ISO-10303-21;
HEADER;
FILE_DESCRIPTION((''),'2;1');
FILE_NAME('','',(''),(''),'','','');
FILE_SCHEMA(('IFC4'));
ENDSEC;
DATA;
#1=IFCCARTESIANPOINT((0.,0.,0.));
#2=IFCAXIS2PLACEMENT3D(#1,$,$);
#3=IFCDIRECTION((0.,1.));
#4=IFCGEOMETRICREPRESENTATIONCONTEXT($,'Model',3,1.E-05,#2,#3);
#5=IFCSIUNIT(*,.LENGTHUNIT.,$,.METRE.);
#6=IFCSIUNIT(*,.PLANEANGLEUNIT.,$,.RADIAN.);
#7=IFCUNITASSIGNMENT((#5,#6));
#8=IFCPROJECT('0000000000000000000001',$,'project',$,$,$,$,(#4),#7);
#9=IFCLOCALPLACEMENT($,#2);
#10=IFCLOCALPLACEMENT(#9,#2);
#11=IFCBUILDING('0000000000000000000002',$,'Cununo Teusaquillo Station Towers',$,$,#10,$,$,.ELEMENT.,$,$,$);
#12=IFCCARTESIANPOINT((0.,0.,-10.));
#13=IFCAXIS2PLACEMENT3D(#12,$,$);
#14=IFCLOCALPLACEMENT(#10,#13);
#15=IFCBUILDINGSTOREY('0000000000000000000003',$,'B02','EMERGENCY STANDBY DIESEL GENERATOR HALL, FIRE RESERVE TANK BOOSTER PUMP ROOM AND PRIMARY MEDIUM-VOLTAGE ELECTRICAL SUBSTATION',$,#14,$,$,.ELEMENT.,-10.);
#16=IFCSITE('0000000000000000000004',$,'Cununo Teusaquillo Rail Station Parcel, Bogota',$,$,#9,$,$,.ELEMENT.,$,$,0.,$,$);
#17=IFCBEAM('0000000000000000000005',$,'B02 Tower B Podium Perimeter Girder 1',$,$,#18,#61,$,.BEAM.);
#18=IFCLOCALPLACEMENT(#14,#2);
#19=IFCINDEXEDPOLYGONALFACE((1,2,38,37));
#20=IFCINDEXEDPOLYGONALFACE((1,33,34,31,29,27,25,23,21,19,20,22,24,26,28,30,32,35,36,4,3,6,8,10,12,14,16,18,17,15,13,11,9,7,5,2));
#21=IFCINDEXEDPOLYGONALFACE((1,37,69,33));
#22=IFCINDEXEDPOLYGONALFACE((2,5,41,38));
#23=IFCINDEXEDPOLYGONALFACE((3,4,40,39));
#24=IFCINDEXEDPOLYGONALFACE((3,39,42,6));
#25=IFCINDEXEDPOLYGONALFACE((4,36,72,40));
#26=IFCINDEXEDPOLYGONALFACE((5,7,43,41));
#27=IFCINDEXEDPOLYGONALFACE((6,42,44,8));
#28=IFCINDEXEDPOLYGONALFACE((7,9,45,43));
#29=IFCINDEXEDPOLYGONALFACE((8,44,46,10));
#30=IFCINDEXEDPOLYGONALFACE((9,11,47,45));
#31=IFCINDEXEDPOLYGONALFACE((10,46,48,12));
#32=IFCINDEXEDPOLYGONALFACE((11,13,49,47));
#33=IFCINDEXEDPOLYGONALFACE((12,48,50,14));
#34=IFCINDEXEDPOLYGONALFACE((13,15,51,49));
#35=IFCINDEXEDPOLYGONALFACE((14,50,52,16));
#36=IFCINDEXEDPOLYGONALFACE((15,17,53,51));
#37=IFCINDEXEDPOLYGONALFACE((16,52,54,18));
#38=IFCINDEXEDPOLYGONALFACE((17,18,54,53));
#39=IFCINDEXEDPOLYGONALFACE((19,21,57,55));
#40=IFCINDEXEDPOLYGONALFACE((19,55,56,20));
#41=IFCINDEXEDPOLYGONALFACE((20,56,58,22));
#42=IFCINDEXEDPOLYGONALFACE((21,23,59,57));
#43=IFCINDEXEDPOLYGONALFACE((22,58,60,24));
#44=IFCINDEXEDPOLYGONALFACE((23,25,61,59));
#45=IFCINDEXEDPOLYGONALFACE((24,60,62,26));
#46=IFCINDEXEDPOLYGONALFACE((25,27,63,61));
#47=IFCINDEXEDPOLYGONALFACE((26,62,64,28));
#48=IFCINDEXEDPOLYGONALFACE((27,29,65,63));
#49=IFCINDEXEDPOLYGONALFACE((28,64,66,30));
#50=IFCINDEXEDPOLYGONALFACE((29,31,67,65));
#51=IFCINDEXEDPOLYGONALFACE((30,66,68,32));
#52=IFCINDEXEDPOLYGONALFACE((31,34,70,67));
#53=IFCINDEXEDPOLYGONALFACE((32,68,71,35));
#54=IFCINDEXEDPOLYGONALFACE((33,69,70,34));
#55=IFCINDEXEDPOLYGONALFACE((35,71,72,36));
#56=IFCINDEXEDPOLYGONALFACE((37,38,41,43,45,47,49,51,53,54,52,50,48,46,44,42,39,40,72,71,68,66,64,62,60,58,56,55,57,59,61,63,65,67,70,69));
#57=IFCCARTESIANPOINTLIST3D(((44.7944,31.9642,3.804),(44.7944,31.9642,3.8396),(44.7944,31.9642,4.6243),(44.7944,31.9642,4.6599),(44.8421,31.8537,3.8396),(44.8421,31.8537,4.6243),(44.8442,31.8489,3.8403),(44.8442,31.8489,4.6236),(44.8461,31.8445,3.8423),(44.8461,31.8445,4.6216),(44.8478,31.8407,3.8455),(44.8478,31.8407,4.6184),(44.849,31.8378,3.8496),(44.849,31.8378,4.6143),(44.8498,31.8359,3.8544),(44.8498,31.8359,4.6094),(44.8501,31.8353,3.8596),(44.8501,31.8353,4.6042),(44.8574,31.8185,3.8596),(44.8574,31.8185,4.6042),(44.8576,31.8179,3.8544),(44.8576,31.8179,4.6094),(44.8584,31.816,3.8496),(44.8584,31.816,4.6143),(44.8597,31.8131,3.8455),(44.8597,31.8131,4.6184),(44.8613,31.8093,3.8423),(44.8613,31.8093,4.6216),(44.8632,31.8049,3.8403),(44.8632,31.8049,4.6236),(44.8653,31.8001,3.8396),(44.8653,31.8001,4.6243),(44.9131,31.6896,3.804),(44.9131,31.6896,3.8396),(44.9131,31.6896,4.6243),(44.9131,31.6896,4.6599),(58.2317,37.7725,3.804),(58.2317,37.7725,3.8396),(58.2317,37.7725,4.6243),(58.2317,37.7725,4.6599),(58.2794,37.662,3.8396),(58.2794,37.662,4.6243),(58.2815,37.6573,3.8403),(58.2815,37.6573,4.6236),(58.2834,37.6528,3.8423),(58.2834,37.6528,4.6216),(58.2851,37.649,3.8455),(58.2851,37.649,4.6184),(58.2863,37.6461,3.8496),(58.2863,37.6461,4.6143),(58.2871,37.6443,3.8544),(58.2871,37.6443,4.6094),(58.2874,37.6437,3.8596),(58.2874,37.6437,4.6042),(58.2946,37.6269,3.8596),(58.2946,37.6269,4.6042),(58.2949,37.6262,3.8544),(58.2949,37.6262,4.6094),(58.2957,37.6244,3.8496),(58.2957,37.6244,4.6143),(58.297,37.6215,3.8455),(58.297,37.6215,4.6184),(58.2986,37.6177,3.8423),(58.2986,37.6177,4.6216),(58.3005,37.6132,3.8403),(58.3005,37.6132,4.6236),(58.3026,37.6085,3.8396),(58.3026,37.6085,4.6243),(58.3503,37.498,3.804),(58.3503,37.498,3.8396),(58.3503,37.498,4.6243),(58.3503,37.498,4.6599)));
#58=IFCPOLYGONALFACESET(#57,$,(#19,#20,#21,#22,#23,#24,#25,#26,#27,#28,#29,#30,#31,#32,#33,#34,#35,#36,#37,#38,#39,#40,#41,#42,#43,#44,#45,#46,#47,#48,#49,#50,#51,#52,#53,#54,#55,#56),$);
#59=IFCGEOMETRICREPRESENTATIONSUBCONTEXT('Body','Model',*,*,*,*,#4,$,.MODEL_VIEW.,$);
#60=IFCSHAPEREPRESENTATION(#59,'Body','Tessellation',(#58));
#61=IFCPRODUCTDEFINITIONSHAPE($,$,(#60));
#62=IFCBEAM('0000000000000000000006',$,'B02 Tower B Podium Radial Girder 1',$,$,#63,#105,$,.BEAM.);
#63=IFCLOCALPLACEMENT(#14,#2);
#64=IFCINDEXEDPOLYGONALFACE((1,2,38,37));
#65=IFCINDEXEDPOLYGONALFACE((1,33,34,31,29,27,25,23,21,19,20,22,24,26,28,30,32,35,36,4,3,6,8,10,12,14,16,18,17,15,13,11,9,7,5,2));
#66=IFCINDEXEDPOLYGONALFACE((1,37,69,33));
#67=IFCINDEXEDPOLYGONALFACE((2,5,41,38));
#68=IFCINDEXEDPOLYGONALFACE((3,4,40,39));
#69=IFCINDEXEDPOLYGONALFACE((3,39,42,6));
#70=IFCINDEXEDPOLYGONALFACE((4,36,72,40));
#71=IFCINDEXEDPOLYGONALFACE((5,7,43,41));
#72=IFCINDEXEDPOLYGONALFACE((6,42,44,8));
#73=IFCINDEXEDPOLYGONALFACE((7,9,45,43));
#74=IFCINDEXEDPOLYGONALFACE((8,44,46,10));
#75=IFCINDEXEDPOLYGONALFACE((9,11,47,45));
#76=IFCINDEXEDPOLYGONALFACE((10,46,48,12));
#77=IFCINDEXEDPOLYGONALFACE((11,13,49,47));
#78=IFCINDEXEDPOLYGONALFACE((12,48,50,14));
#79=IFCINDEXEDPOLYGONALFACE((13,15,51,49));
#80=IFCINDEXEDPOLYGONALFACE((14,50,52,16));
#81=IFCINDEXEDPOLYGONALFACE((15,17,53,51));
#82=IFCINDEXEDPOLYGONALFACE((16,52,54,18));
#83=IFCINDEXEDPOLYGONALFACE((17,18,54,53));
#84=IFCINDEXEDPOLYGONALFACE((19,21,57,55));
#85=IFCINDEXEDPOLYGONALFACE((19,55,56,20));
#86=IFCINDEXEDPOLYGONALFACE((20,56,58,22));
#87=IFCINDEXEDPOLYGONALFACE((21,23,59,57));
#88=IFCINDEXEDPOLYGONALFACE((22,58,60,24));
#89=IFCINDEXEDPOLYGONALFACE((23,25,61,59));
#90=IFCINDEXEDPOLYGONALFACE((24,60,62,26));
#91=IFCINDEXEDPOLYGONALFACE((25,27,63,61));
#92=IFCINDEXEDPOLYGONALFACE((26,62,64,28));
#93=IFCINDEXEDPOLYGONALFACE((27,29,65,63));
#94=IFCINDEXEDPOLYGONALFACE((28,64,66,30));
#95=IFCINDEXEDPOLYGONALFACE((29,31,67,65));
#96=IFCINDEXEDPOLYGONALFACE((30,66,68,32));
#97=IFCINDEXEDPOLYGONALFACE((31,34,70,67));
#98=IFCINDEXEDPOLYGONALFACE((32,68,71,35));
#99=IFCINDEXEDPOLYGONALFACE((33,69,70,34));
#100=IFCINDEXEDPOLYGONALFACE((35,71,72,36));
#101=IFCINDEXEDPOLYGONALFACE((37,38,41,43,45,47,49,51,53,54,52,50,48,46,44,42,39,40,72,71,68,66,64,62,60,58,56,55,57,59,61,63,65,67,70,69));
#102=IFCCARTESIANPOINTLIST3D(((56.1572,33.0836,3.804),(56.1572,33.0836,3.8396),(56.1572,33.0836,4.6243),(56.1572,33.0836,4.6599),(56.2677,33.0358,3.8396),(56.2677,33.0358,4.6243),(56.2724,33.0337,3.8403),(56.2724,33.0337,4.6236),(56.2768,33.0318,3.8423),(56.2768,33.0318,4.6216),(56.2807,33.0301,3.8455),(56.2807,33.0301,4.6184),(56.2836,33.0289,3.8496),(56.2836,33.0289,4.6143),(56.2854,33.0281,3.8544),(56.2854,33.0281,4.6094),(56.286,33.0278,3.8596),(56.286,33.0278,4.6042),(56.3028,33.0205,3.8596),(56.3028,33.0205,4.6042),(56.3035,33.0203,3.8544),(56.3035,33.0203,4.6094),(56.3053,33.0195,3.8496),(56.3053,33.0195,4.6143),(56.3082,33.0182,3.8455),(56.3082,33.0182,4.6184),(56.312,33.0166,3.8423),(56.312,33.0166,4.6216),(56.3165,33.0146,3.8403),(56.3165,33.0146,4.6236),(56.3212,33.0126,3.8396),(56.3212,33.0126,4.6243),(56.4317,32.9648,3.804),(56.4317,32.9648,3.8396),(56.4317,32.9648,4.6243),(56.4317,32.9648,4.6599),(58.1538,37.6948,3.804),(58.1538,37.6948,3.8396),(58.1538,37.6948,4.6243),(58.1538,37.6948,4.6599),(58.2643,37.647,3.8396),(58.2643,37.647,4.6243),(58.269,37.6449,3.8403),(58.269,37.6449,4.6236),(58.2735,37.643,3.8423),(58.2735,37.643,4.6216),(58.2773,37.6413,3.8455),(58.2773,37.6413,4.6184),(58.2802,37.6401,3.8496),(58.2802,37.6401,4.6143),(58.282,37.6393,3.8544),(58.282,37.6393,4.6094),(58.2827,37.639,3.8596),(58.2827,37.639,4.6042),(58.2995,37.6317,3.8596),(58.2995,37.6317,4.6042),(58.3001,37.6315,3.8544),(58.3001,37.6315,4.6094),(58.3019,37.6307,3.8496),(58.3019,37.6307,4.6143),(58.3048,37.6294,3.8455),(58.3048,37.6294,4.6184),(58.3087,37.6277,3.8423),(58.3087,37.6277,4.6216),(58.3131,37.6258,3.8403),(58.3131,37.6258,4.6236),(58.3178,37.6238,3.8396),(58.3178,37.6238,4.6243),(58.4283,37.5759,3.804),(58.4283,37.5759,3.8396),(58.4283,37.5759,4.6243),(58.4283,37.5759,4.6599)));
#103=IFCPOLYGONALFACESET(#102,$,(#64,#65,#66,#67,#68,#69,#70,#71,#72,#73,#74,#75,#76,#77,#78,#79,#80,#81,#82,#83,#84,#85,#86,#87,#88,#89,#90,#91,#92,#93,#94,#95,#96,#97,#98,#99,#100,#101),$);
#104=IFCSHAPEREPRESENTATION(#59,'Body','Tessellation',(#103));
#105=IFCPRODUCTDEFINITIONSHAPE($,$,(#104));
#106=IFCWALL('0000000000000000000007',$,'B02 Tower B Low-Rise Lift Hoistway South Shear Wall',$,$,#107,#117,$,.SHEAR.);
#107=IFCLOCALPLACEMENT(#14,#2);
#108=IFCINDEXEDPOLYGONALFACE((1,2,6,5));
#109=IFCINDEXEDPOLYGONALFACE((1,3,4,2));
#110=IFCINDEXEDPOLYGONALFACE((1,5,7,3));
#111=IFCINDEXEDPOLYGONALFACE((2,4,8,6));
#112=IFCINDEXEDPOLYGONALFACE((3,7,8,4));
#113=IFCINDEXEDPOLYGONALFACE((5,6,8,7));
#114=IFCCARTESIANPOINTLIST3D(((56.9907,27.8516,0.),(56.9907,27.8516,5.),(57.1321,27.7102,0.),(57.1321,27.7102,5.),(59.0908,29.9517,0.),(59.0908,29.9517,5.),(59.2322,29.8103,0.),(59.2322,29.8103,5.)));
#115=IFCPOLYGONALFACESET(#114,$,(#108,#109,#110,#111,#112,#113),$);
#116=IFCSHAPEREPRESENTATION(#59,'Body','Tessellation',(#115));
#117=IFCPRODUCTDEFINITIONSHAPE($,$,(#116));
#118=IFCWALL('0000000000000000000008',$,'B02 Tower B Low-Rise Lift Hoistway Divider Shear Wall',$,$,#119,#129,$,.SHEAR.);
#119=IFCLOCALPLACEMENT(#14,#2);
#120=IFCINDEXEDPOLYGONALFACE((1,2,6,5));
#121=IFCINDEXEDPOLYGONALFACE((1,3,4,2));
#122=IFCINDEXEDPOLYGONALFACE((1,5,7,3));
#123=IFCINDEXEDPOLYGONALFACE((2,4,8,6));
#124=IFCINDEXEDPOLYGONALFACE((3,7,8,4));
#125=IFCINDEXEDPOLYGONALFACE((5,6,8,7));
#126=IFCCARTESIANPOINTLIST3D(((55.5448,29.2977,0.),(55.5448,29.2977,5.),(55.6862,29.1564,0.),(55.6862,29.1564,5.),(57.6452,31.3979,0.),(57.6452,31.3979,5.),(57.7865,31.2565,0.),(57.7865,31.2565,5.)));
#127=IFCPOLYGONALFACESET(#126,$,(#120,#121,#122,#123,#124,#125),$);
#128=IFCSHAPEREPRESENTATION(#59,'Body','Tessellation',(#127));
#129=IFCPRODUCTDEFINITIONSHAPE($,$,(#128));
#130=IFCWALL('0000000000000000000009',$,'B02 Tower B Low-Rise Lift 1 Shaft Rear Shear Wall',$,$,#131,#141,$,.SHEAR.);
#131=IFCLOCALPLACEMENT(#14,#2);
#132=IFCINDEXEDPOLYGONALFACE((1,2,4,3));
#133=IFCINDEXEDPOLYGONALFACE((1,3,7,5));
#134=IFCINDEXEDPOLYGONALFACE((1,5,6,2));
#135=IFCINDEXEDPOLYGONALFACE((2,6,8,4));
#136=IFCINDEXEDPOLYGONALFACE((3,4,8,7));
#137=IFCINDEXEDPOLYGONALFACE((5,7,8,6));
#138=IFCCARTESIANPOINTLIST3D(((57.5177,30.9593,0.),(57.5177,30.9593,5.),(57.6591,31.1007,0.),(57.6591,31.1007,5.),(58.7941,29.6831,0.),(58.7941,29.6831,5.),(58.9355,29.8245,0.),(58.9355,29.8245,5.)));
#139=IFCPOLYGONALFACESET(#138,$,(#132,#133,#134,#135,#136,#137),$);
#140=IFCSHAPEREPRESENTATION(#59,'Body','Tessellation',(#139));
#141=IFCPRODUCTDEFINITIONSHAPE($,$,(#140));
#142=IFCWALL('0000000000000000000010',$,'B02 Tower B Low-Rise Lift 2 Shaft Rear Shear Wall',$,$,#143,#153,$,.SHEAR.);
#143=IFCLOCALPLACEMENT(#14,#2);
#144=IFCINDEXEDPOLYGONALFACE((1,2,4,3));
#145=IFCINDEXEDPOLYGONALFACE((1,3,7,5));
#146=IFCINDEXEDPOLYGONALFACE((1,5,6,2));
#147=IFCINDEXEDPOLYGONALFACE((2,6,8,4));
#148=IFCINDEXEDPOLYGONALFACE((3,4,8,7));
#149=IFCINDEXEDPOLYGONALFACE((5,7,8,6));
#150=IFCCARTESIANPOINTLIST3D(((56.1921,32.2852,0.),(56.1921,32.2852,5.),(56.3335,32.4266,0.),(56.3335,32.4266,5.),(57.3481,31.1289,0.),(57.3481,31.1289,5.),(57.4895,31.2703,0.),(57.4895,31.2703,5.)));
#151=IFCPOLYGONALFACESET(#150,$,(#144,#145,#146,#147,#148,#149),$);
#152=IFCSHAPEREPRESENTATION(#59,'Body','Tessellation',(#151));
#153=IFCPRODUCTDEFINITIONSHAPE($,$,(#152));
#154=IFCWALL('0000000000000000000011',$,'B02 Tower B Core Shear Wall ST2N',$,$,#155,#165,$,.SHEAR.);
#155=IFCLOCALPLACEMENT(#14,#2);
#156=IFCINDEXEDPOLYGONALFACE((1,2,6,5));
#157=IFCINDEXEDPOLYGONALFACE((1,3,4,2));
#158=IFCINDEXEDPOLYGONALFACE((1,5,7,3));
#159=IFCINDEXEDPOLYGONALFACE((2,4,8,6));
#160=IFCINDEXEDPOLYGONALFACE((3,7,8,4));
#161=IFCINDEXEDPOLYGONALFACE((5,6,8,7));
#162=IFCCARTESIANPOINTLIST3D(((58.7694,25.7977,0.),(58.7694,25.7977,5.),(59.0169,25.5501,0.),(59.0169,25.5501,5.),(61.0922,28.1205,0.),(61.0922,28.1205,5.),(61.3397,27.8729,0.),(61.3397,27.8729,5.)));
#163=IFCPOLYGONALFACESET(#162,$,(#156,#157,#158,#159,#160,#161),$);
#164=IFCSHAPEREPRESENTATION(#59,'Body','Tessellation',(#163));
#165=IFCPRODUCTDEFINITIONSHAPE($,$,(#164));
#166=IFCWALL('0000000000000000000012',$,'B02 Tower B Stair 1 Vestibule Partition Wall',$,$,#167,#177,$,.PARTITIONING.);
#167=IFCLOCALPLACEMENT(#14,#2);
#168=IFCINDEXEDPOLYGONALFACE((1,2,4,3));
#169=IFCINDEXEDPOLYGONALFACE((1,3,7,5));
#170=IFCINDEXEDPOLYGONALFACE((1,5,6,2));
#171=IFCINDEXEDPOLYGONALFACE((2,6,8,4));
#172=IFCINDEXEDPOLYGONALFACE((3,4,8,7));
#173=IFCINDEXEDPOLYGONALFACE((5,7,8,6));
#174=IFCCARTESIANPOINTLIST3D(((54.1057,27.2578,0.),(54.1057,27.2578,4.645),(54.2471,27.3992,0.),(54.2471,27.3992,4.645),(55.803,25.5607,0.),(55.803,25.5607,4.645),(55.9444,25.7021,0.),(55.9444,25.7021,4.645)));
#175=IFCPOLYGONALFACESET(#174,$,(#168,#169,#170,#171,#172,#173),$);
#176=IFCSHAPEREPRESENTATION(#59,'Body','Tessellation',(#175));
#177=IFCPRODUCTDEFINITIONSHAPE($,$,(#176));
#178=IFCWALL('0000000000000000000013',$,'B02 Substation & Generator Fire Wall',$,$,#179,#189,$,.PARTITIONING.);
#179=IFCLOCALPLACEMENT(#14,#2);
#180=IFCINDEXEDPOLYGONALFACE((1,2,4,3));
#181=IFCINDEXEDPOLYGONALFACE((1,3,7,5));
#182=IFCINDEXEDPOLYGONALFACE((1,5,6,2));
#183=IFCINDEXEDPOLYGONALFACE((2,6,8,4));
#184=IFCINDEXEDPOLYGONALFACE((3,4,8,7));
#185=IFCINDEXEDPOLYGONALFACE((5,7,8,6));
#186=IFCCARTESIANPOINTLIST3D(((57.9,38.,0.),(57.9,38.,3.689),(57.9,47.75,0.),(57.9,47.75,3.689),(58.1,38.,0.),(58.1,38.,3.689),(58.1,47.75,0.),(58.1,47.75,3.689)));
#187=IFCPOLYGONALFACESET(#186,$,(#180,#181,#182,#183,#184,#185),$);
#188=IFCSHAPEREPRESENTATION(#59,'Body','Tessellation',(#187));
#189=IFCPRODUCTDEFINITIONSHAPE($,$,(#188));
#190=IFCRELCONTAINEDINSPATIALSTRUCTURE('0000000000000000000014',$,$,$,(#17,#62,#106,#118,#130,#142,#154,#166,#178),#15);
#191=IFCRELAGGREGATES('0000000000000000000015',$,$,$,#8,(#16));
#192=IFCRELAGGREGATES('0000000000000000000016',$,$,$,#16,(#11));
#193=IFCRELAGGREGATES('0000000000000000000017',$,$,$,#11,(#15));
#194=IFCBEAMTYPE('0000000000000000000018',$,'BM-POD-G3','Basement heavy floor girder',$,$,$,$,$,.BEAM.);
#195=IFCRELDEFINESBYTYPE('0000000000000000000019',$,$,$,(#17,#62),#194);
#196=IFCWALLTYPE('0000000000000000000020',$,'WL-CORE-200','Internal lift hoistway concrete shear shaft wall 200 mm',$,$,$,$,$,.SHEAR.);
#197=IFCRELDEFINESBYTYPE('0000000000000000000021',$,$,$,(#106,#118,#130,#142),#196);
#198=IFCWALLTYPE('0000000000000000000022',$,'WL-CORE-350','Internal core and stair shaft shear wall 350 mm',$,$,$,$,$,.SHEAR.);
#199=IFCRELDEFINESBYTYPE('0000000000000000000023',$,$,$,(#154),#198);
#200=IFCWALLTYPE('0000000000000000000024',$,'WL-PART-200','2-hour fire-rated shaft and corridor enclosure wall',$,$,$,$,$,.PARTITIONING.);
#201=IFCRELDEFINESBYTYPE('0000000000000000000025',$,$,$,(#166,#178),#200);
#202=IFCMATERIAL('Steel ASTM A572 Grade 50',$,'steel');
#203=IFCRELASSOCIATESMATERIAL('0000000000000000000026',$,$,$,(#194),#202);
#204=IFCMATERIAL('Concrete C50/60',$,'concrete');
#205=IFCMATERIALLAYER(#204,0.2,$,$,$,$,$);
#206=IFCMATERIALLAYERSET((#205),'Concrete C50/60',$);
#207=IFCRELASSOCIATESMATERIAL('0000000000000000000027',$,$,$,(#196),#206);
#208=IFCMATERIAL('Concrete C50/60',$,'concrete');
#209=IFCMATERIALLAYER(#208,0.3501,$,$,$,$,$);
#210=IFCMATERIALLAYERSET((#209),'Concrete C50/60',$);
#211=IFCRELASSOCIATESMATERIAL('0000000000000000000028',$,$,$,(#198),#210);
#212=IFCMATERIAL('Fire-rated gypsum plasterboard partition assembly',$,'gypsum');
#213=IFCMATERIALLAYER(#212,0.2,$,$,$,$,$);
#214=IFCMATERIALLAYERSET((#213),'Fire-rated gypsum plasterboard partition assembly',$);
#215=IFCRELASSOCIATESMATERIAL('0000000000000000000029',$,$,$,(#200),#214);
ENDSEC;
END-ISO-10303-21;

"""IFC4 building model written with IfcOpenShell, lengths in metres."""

from ifc_helpers import new_model, si_unit, direction, frame, frame_2d, origin, origin_2d, place, context, subcontext, project, spatial, rectangle, i_section, extrude, material, layer, layer_set, material_profile, profile_set, type_object, element, save


model = new_model("IFC4")

# Units and contexts
model_context = context("Model", 3, precision=1e-05, world=origin(), true_north=direction((0.0, 1.0)))
body_context = subcontext(model_context, "Body", "Model", "MODEL_VIEW")
ifc_project = project(units=[si_unit("LENGTHUNIT", "METRE"), si_unit("PLANEANGLEUNIT", "RADIAN")], contexts=[model_context])

# Site, building, storey
site_placement = place(None, origin())
site = spatial("IfcSite", under=ifc_project, at=site_placement, Name="Cununo Teusaquillo Rail Station Parcel, Bogota", CompositionType="ELEMENT", RefElevation=0.0)
building_placement = place(site_placement, origin())
building = spatial("IfcBuilding", under=site, at=building_placement, Name="Cununo Teusaquillo Station Towers", CompositionType="ELEMENT")
storey_placement = place(building_placement, frame((0.0, 0.0, -10.0)))
storey = spatial("IfcBuildingStorey", under=building, at=storey_placement, Name="B02", Description="EMERGENCY STANDBY DIESEL GENERATOR HALL, FIRE RESERVE TANK BOOSTER PUMP ROOM AND PRIMARY MEDIUM-VOLTAGE ELECTRICAL SUBSTATION", CompositionType="ELEMENT", Elevation=-10.0)

# Beams
ifc_material_1 = material(Name="Steel ASTM A572 Grade 50", Category="steel")
ifc_material_profile_1 = material_profile(ifc_material_1, i_section(OverallWidth=0.2991, OverallDepth=0.856, WebThickness=0.0183, FlangeThickness=0.0356, FilletRadius=0.02, at=origin_2d()), Name="W33X201")
ifc_profile_set_1 = profile_set([ifc_material_profile_1], Name="Steel ASTM A572 Grade 50")
beam_type = type_object("IfcBeamType", Name="BM-POD-G3", Description="Basement heavy floor girder", PredefinedType="BEAM", material=ifc_profile_set_1)
beam_1_placement = place(storey_placement, frame((58.291, 37.6353, 4.2319), z_axis=(-0.917916, -0.396776, 0.0), x_axis=(0.396776, -0.917916, 0.0)))
element("IfcBeam", 1, at=beam_1_placement, inside=storey, type_object=beam_type, Name="B02 Tower B Podium Perimeter Girder 1", PredefinedType="BEAM", context=body_context, shape_type="SweptSolid", body=[
    extrude(i_section(OverallWidth=0.2991, OverallDepth=0.856, WebThickness=0.0183, FlangeThickness=0.0356, FilletRadius=0.02, at=origin_2d()), origin(), (0.0, 0.0, 1.0), 14.6389),
])
beam_2_placement = place(storey_placement, frame((56.2944, 33.0242, 4.2319), z_axis=(0.397347, 0.917668, 0.0), x_axis=(-0.917668, 0.397347, 0.0)))
element("IfcBeam", 2, at=beam_2_placement, inside=storey, type_object=beam_type, Name="B02 Tower B Podium Radial Girder 1", PredefinedType="BEAM", context=body_context, shape_type="SweptSolid", body=[
    extrude(i_section(OverallWidth=0.2991, OverallDepth=0.856, WebThickness=0.0183, FlangeThickness=0.0356, FilletRadius=0.02, at=origin_2d()), origin(), (0.0, 0.0, 1.0), 5.0249),
])

# Walls
ifc_material_2 = material(Name="Concrete C50/60", Category="concrete")
ifc_layer_1 = layer(ifc_material_2, 0.2)
ifc_layer_set_1 = layer_set([ifc_layer_1], Name="Concrete C50/60")
wall_type_1 = type_object("IfcWallType", Name="WL-CORE-200", Description="Internal lift hoistway concrete shear shaft wall 200 mm", PredefinedType="SHEAR", material=ifc_layer_set_1)
wall_1_placement = place(storey_placement, frame((57.0615, 27.781, 0.0), z_axis=(0.0, 0.0, 1.0), x_axis=(0.707107, 0.707107, 0.0)))
element("IfcWall", 3, at=wall_1_placement, inside=storey, type_object=wall_type_1, Name="B02 Tower B Low-Rise Lift Hoistway South Shear Wall", PredefinedType="SHEAR", context=body_context, shape_type="SweptSolid", body=[
    extrude(rectangle(XDim=2.97, YDim=0.2, at=frame_2d((1.4849, 0.0))), origin(), (0.0, 0.0, 1.0), 5.0),
])
wall_2_placement = place(storey_placement, frame((55.6155, 29.2271, 0.0), z_axis=(0.0, 0.0, 1.0), x_axis=(0.707148, 0.707066, 0.0)))
element("IfcWall", 4, at=wall_2_placement, inside=storey, type_object=wall_type_1, Name="B02 Tower B Low-Rise Lift Hoistway Divider Shear Wall", PredefinedType="SHEAR", context=body_context, shape_type="SweptSolid", body=[
    extrude(rectangle(XDim=2.9702, YDim=0.2, at=frame_2d((1.4851, 0.0))), origin(), (0.0, 0.0, 1.0), 5.0),
])
wall_3_placement = place(storey_placement, frame((58.8647, 29.7539, 0.0), z_axis=(0.0, 0.0, 1.0), x_axis=(-0.707174, 0.707039, 0.0)))
element("IfcWall", 5, at=wall_3_placement, inside=storey, type_object=wall_type_1, Name="B02 Tower B Low-Rise Lift 1 Shaft Rear Shear Wall", PredefinedType="SHEAR", context=body_context, shape_type="SweptSolid", body=[
    extrude(rectangle(XDim=1.8049, YDim=0.2, at=frame_2d((0.9023, 0.0))), origin(), (0.0, 0.0, 1.0), 5.0),
])
wall_4_placement = place(storey_placement, frame((57.4187, 31.1997, 0.0), z_axis=(0.0, 0.0, 1.0), x_axis=(-0.707032, 0.707181, 0.0)))
element("IfcWall", 6, at=wall_4_placement, inside=storey, type_object=wall_type_1, Name="B02 Tower B Low-Rise Lift 2 Shaft Rear Shear Wall", PredefinedType="SHEAR", context=body_context, shape_type="SweptSolid", body=[
    extrude(rectangle(XDim=1.635, YDim=0.2, at=frame_2d((0.8174, 0.0))), origin(), (0.0, 0.0, 1.0), 5.0),
])
ifc_material_3 = material(Name="Concrete C50/60", Category="concrete")
ifc_layer_2 = layer(ifc_material_3, 0.3501)
ifc_layer_set_2 = layer_set([ifc_layer_2], Name="Concrete C50/60")
wall_type_2 = type_object("IfcWallType", Name="WL-CORE-350", Description="Internal core and stair shaft shear wall 350 mm", PredefinedType="SHEAR", material=ifc_layer_set_2)
wall_5_placement = place(storey_placement, frame((58.8931, 25.6738, 0.0), z_axis=(0.0, 0.0, 1.0), x_axis=(0.707107, 0.707107, 0.0)))
element("IfcWall", 7, at=wall_5_placement, inside=storey, type_object=wall_type_2, Name="B02 Tower B Core Shear Wall ST2N", PredefinedType="SHEAR", context=body_context, shape_type="SweptSolid", body=[
    extrude(rectangle(XDim=3.2849, YDim=0.3501, at=frame_2d((1.6426, 0.0))), origin(), (0.0, 0.0, 1.0), 5.0),
])
ifc_material_4 = material(Name="Fire-rated gypsum plasterboard partition assembly", Category="gypsum")
ifc_layer_3 = layer(ifc_material_4, 0.2)
ifc_layer_set_3 = layer_set([ifc_layer_3], Name="Fire-rated gypsum plasterboard partition assembly")
wall_type_3 = type_object("IfcWallType", Name="WL-PART-200", Description="2-hour fire-rated shaft and corridor enclosure wall", PredefinedType="PARTITIONING", material=ifc_layer_set_3)
wall_6_placement = place(storey_placement, frame((55.8738, 25.6313, 0.0), z_axis=(0.0, 0.0, 1.0), x_axis=(-0.707158, 0.707056, 0.0)))
element("IfcWall", 8, at=wall_6_placement, inside=storey, type_object=wall_type_3, Name="B02 Tower B Stair 1 Vestibule Partition Wall", PredefinedType="PARTITIONING", context=body_context, shape_type="SweptSolid", body=[
    extrude(rectangle(XDim=2.4001, YDim=0.2, at=frame_2d((1.2002, 0.0))), origin(), (0.0, 0.0, 1.0), 4.645),
])
wall_7_placement = place(storey_placement, frame((58.0, 38.0, 0.0), z_axis=(0.0, 0.0, 1.0), x_axis=(0.0, 1.0, 0.0)))
element("IfcWall", 9, at=wall_7_placement, inside=storey, type_object=wall_type_3, Name="B02 Substation & Generator Fire Wall", PredefinedType="PARTITIONING", context=body_context, shape_type="SweptSolid", body=[
    extrude(rectangle(XDim=9.75, YDim=0.2, at=frame_2d((4.875, 0.0))), origin(), (0.0, 0.0, 1.0), 3.689),
])

save(model, "model.ifc")
